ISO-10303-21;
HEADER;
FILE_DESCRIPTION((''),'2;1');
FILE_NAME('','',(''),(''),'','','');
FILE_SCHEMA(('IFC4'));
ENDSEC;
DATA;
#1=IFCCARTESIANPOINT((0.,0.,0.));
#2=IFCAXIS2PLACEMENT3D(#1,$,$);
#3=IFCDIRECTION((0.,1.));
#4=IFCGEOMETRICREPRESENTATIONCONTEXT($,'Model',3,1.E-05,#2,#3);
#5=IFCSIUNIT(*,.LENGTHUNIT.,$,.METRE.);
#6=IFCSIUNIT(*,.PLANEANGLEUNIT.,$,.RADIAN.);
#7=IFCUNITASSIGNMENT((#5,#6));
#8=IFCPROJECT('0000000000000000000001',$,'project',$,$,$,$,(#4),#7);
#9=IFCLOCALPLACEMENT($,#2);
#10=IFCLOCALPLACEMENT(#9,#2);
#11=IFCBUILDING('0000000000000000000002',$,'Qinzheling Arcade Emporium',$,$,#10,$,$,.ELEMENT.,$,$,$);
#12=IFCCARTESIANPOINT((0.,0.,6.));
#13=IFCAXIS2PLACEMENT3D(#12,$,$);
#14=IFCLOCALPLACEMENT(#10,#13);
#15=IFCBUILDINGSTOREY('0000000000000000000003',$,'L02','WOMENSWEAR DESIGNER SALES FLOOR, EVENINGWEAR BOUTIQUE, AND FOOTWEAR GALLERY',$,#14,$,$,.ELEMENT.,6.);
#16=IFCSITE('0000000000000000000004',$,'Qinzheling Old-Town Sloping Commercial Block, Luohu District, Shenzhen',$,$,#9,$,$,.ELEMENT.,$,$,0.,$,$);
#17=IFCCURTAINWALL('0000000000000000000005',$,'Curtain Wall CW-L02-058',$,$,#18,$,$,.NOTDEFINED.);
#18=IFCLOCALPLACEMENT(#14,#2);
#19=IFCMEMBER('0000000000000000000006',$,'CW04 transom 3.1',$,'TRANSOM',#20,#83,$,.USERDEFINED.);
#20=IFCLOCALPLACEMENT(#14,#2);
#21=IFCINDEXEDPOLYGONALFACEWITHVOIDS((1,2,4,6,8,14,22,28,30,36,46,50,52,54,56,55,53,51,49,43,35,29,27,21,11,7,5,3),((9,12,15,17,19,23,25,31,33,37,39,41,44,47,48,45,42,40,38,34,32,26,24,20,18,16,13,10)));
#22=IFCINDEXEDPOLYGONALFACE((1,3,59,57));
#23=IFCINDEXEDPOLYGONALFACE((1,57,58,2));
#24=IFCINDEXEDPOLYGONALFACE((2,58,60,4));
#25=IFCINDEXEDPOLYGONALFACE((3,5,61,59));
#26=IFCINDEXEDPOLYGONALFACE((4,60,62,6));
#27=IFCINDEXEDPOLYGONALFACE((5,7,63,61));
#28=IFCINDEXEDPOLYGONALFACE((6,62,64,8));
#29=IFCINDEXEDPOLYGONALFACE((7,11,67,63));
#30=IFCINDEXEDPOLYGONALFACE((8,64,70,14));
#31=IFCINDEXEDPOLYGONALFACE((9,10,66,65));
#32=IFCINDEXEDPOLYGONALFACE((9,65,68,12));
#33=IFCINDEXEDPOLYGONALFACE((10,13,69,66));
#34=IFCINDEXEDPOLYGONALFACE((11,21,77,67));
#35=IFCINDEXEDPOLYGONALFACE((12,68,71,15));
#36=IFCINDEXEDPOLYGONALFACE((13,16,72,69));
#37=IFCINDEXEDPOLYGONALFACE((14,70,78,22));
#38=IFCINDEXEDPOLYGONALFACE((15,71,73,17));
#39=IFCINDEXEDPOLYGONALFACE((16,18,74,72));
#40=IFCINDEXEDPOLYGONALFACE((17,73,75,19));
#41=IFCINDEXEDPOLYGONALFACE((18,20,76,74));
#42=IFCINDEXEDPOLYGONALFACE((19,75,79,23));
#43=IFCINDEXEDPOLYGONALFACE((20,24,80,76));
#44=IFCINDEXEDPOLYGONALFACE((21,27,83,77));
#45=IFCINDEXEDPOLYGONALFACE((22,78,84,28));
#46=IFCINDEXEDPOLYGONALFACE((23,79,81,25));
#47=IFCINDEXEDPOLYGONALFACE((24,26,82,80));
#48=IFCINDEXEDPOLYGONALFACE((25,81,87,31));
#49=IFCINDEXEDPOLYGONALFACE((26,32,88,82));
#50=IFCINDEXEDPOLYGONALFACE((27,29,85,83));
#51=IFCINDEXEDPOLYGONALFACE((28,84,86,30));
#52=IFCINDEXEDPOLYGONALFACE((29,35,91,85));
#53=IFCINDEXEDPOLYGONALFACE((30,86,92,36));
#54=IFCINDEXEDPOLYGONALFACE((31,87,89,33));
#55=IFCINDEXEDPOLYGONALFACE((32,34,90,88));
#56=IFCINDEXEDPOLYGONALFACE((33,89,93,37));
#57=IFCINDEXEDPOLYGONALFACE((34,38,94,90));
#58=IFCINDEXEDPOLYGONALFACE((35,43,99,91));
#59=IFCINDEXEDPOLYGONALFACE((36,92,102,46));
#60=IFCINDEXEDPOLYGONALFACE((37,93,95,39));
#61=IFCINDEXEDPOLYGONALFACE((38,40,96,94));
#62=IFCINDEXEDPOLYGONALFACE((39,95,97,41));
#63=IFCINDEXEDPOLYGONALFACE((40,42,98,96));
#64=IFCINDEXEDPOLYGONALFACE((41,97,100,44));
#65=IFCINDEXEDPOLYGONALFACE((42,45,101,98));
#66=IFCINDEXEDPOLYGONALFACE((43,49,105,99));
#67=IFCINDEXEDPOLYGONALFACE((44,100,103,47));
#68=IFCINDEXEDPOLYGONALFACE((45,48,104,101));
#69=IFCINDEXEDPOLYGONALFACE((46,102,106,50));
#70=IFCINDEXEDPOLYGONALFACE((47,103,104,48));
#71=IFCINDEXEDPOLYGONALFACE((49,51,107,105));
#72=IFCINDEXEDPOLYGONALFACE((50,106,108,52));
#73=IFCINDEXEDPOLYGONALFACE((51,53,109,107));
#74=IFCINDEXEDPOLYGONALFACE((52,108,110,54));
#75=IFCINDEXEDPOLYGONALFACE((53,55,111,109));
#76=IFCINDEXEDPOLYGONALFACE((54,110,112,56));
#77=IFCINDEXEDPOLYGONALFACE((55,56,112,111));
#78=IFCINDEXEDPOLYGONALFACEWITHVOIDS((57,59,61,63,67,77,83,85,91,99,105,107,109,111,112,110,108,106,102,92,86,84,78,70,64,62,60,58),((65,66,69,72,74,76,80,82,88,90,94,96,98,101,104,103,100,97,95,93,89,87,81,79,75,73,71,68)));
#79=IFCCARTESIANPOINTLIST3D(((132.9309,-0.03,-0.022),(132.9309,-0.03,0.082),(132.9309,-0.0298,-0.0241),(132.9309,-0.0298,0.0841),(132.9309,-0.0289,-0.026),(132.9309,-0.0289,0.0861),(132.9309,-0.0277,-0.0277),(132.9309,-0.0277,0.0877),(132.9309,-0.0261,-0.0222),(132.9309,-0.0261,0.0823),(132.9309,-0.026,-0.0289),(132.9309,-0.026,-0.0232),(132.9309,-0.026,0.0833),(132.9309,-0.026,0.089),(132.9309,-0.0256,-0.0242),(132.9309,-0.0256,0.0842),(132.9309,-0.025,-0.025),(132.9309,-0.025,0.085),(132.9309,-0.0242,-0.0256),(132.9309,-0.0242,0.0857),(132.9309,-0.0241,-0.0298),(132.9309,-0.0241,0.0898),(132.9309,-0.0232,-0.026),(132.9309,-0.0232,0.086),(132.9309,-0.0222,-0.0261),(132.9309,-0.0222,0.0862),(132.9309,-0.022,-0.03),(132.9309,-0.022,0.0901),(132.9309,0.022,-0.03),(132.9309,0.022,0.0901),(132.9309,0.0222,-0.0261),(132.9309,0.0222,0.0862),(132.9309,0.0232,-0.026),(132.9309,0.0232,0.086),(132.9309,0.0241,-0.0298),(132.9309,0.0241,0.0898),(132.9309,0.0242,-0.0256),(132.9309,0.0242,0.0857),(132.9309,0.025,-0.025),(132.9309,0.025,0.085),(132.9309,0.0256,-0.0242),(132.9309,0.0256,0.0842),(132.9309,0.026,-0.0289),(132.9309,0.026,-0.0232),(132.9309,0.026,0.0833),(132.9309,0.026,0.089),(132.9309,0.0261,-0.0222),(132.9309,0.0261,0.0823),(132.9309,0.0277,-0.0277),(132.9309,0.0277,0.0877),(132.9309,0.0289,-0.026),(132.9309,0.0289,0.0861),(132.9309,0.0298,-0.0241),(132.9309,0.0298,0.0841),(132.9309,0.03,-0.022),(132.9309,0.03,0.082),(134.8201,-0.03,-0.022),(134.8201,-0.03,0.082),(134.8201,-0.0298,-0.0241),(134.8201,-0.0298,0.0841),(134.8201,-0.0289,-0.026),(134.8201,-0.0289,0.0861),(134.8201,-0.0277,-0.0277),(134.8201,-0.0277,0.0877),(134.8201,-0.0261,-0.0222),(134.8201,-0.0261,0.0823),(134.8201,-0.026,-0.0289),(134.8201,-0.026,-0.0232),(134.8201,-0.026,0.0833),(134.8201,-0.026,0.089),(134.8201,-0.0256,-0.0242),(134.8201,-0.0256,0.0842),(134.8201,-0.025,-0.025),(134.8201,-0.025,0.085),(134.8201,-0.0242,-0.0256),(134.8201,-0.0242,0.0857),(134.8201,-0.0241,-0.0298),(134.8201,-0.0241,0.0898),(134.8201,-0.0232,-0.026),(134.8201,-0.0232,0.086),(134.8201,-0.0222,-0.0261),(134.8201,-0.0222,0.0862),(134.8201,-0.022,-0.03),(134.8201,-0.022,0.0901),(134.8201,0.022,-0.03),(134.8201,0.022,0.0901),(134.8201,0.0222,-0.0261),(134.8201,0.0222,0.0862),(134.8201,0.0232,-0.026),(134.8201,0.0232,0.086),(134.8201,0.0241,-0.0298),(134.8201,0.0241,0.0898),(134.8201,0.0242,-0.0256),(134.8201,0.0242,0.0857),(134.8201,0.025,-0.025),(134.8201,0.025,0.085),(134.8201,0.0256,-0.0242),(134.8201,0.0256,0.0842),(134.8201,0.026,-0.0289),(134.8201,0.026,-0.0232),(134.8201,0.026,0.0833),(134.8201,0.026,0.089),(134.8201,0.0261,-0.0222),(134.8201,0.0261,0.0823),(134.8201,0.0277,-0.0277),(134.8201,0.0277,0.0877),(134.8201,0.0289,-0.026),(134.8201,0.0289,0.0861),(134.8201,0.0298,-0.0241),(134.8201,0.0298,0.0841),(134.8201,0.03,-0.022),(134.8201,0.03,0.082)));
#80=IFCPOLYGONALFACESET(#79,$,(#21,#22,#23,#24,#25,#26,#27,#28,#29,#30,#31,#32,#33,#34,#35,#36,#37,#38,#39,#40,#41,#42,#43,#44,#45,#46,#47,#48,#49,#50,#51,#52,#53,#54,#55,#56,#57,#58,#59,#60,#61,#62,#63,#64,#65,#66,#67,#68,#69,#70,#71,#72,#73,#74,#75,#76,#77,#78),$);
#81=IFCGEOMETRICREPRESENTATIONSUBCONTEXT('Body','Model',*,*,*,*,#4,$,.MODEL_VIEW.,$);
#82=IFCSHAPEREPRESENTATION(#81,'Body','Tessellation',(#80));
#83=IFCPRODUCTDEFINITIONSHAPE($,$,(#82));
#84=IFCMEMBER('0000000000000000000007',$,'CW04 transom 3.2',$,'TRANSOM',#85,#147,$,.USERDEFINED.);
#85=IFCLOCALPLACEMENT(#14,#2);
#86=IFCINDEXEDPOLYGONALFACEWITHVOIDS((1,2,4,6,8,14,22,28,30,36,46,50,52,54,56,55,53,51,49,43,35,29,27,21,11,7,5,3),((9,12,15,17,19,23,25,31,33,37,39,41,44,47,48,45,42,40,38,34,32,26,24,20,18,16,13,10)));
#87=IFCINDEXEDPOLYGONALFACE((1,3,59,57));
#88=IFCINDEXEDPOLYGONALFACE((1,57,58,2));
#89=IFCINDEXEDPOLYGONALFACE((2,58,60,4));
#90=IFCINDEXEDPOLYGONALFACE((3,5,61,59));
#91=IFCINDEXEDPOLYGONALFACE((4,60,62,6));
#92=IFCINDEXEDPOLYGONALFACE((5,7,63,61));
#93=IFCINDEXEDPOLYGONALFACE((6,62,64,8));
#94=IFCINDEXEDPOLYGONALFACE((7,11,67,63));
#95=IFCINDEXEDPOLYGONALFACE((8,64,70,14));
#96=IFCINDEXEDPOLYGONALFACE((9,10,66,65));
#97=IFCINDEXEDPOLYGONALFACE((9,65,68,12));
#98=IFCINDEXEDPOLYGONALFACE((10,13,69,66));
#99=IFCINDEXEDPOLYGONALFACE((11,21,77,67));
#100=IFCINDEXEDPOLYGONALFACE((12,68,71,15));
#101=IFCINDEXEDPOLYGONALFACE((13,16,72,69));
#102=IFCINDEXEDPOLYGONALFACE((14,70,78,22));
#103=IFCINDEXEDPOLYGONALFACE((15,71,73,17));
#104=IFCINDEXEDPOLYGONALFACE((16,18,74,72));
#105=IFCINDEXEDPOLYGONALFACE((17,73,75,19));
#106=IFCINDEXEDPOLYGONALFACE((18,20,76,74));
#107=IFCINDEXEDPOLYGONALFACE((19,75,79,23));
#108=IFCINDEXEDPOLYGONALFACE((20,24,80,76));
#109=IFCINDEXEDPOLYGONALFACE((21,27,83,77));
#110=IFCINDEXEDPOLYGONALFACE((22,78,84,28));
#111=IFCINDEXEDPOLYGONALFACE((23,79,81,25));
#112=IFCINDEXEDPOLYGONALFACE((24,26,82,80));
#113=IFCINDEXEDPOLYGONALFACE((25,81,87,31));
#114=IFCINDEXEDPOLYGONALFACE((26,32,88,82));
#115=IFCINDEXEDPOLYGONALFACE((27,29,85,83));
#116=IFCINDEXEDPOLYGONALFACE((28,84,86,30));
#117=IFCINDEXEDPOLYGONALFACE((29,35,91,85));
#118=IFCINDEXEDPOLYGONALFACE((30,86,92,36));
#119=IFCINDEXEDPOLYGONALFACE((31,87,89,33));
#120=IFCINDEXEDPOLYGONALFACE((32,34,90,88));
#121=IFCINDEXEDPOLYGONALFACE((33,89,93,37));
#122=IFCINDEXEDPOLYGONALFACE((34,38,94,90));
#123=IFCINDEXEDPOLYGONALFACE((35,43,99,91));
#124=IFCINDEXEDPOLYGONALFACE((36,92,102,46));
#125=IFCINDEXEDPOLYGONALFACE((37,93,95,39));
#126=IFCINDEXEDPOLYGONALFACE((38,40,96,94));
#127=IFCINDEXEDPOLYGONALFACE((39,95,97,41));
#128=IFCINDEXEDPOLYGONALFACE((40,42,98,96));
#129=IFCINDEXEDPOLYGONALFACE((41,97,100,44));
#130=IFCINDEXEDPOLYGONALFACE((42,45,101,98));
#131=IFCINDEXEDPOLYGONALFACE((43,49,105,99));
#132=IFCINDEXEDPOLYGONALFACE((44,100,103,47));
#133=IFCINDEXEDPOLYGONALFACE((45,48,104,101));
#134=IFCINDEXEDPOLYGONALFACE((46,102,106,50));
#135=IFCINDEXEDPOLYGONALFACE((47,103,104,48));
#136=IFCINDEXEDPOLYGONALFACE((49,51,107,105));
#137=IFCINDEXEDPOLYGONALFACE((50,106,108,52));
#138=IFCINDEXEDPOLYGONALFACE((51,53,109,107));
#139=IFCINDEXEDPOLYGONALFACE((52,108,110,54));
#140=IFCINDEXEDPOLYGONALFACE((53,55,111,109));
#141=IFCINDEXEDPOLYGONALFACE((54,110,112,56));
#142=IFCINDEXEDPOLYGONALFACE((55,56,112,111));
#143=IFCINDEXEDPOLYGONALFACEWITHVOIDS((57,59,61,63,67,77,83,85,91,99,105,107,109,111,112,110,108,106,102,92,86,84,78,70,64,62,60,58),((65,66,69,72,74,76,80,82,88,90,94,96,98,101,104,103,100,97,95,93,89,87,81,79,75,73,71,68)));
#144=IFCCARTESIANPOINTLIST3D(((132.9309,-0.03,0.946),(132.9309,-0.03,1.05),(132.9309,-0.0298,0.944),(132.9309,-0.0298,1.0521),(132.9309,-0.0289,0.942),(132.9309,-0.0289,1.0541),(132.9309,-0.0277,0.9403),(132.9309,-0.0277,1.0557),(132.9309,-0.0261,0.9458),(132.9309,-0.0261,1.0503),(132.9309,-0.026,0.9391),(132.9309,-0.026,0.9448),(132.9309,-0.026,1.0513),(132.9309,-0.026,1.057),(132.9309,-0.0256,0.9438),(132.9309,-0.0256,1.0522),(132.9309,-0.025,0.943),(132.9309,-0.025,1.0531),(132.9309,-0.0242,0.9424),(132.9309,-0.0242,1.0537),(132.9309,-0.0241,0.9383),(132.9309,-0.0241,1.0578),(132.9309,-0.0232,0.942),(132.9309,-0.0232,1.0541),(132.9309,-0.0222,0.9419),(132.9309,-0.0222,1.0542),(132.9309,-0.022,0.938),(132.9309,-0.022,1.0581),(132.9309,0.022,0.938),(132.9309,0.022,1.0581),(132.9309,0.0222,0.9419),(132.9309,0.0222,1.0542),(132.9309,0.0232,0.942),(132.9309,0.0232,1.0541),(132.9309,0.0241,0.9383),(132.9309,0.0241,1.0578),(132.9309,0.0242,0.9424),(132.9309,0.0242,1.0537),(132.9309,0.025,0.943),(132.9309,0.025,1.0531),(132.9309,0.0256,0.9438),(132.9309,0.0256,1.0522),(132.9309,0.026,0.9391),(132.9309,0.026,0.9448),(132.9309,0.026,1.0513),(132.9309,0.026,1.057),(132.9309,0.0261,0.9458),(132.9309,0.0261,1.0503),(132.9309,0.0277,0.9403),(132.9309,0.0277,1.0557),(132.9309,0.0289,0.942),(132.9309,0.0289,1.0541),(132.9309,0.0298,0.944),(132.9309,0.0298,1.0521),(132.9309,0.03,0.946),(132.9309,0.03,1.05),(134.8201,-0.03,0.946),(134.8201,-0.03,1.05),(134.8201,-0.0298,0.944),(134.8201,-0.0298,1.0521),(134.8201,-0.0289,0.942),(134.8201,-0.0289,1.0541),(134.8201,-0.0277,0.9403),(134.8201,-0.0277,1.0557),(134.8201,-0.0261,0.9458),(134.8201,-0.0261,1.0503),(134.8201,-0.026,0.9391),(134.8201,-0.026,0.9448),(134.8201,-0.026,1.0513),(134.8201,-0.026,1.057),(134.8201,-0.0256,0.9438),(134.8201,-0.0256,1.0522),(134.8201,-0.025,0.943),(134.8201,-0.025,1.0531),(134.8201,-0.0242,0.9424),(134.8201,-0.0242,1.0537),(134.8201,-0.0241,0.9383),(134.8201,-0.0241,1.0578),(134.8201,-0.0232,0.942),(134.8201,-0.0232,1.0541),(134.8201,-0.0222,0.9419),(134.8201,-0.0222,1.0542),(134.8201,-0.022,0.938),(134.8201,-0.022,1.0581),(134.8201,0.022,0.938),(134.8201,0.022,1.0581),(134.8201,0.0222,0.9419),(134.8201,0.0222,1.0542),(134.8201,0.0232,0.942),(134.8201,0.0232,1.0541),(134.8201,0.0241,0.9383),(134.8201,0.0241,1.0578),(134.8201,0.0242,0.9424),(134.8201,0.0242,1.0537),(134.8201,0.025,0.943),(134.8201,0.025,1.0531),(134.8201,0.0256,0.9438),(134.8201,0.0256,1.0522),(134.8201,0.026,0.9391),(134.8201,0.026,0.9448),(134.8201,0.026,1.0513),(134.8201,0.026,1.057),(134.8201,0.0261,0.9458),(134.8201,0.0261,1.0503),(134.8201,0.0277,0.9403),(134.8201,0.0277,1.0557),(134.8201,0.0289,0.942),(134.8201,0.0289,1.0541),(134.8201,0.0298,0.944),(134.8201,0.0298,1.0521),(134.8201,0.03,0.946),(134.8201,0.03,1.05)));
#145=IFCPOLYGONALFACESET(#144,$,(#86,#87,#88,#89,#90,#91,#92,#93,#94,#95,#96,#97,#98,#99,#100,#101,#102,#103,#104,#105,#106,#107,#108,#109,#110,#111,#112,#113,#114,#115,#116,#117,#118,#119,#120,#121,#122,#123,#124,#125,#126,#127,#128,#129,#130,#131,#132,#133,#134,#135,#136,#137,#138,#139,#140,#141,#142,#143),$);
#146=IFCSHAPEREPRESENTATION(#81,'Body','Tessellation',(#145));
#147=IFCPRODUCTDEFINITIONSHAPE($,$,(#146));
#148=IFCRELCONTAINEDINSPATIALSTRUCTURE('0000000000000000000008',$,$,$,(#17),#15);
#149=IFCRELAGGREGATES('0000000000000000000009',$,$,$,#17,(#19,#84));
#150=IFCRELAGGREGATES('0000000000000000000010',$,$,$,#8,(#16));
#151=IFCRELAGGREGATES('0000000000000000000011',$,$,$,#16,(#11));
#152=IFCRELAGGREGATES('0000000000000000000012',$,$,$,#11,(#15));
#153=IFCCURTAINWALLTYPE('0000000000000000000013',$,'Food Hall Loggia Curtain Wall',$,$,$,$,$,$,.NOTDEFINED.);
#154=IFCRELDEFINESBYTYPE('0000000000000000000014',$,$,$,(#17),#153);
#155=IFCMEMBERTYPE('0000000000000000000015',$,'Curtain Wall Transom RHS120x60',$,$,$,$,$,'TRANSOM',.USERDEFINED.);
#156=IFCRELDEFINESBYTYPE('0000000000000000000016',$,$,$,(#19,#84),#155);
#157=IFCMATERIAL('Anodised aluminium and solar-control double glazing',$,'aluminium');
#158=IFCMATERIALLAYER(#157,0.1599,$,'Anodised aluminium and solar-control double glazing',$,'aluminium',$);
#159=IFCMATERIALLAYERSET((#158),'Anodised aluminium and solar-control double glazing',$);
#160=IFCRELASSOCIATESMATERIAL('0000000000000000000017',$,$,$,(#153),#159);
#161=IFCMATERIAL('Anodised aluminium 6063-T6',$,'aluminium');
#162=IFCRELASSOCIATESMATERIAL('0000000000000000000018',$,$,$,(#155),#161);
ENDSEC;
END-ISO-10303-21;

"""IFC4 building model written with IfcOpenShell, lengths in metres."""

from ifc_helpers import new_model, si_unit, direction, frame, origin, origin_2d, place, context, subcontext, project, spatial, hollow_rectangle, extrude, material, layer, layer_set, material_profile, profile_set, type_object, element, aggregate, save


model = new_model("IFC4")

# Units and contexts
model_context = context("Model", 3, precision=1e-05, world=origin(), true_north=direction((0.0, 1.0)))
body_context = subcontext(model_context, "Body", "Model", "MODEL_VIEW")
ifc_project = project(units=[si_unit("LENGTHUNIT", "METRE"), si_unit("PLANEANGLEUNIT", "RADIAN")], contexts=[model_context])

# Site, building, storey
site_placement = place(None, origin())
site = spatial("IfcSite", under=ifc_project, at=site_placement, Name="Qinzheling Old-Town Sloping Commercial Block, Luohu District, Shenzhen", CompositionType="ELEMENT", RefElevation=0.0)
building_placement = place(site_placement, origin())
building = spatial("IfcBuilding", under=site, at=building_placement, Name="Qinzheling Arcade Emporium", CompositionType="ELEMENT")
storey_placement = place(building_placement, frame((0.0, 0.0, 6.0)))
storey = spatial("IfcBuildingStorey", under=building, at=storey_placement, Name="L02", Description="WOMENSWEAR DESIGNER SALES FLOOR, EVENINGWEAR BOUTIQUE, AND FOOTWEAR GALLERY", CompositionType="ELEMENT", Elevation=6.0)

# Curtain wall, members
ifc_material_1 = material(Name="Anodised aluminium and solar-control double glazing", Category="aluminium")
ifc_layer_1 = layer(ifc_material_1, 0.1599, Name="Anodised aluminium and solar-control double glazing", Category="aluminium")
ifc_layer_set_1 = layer_set([ifc_layer_1], Name="Anodised aluminium and solar-control double glazing")
curtain_wall_type = type_object("IfcCurtainWallType", Name="Food Hall Loggia Curtain Wall", PredefinedType="NOTDEFINED", material=ifc_layer_set_1)
curtain_wall_placement = place(storey_placement, origin())
curtain_wall = element("IfcCurtainWall", 1, at=curtain_wall_placement, inside=storey, type_object=curtain_wall_type, Name="Curtain Wall CW-L02-058", PredefinedType="NOTDEFINED")
ifc_material_2 = material(Name="Anodised aluminium 6063-T6", Category="aluminium")
ifc_material_profile_1 = material_profile(ifc_material_2, hollow_rectangle(XDim=0.0601, YDim=0.1201, WallThickness=0.0039, InnerFilletRadius=0.0039, OuterFilletRadius=0.0081, at=origin_2d()), Name="RHS 120x60x4", Category="aluminium")
ifc_profile_set_1 = profile_set([ifc_material_profile_1], Name="Anodised aluminium 6063-T6")
member_type_1 = type_object("IfcMemberType", Name="Curtain Wall Transom RHS120x60", ElementType="TRANSOM", PredefinedType="USERDEFINED", material=ifc_profile_set_1)
member_1_placement = place(storey_placement, frame((134.8201, 0.0, 0.03), z_axis=(-1.0, 0.0, 0.0), x_axis=(0.0, -1.0, 0.0)))
member_1 = element("IfcMember", 2, at=member_1_placement, type_object=member_type_1, Name="CW04 transom 3.1", ObjectType="TRANSOM", PredefinedType="USERDEFINED", context=body_context, shape_type="SweptSolid", body=[
    extrude(hollow_rectangle(XDim=0.0601, YDim=0.1201, WallThickness=0.0039, InnerFilletRadius=0.0039, OuterFilletRadius=0.0081, at=origin_2d()), origin(), (0.0, 0.0, 1.0), 1.8892),
])
member_2_placement = place(storey_placement, frame((134.8201, 0.0, 0.998), z_axis=(-1.0, 0.0, 0.0), x_axis=(0.0, -1.0, 0.0)))
member_2 = element("IfcMember", 3, at=member_2_placement, type_object=member_type_1, Name="CW04 transom 3.2", ObjectType="TRANSOM", PredefinedType="USERDEFINED", context=body_context, shape_type="SweptSolid", body=[
    extrude(hollow_rectangle(XDim=0.0601, YDim=0.1201, WallThickness=0.0039, InnerFilletRadius=0.0039, OuterFilletRadius=0.0081, at=origin_2d()), origin(), (0.0, 0.0, 1.0), 1.8892),
])
aggregate(curtain_wall, [member_1, member_2])

save(model, "model.ifc")
